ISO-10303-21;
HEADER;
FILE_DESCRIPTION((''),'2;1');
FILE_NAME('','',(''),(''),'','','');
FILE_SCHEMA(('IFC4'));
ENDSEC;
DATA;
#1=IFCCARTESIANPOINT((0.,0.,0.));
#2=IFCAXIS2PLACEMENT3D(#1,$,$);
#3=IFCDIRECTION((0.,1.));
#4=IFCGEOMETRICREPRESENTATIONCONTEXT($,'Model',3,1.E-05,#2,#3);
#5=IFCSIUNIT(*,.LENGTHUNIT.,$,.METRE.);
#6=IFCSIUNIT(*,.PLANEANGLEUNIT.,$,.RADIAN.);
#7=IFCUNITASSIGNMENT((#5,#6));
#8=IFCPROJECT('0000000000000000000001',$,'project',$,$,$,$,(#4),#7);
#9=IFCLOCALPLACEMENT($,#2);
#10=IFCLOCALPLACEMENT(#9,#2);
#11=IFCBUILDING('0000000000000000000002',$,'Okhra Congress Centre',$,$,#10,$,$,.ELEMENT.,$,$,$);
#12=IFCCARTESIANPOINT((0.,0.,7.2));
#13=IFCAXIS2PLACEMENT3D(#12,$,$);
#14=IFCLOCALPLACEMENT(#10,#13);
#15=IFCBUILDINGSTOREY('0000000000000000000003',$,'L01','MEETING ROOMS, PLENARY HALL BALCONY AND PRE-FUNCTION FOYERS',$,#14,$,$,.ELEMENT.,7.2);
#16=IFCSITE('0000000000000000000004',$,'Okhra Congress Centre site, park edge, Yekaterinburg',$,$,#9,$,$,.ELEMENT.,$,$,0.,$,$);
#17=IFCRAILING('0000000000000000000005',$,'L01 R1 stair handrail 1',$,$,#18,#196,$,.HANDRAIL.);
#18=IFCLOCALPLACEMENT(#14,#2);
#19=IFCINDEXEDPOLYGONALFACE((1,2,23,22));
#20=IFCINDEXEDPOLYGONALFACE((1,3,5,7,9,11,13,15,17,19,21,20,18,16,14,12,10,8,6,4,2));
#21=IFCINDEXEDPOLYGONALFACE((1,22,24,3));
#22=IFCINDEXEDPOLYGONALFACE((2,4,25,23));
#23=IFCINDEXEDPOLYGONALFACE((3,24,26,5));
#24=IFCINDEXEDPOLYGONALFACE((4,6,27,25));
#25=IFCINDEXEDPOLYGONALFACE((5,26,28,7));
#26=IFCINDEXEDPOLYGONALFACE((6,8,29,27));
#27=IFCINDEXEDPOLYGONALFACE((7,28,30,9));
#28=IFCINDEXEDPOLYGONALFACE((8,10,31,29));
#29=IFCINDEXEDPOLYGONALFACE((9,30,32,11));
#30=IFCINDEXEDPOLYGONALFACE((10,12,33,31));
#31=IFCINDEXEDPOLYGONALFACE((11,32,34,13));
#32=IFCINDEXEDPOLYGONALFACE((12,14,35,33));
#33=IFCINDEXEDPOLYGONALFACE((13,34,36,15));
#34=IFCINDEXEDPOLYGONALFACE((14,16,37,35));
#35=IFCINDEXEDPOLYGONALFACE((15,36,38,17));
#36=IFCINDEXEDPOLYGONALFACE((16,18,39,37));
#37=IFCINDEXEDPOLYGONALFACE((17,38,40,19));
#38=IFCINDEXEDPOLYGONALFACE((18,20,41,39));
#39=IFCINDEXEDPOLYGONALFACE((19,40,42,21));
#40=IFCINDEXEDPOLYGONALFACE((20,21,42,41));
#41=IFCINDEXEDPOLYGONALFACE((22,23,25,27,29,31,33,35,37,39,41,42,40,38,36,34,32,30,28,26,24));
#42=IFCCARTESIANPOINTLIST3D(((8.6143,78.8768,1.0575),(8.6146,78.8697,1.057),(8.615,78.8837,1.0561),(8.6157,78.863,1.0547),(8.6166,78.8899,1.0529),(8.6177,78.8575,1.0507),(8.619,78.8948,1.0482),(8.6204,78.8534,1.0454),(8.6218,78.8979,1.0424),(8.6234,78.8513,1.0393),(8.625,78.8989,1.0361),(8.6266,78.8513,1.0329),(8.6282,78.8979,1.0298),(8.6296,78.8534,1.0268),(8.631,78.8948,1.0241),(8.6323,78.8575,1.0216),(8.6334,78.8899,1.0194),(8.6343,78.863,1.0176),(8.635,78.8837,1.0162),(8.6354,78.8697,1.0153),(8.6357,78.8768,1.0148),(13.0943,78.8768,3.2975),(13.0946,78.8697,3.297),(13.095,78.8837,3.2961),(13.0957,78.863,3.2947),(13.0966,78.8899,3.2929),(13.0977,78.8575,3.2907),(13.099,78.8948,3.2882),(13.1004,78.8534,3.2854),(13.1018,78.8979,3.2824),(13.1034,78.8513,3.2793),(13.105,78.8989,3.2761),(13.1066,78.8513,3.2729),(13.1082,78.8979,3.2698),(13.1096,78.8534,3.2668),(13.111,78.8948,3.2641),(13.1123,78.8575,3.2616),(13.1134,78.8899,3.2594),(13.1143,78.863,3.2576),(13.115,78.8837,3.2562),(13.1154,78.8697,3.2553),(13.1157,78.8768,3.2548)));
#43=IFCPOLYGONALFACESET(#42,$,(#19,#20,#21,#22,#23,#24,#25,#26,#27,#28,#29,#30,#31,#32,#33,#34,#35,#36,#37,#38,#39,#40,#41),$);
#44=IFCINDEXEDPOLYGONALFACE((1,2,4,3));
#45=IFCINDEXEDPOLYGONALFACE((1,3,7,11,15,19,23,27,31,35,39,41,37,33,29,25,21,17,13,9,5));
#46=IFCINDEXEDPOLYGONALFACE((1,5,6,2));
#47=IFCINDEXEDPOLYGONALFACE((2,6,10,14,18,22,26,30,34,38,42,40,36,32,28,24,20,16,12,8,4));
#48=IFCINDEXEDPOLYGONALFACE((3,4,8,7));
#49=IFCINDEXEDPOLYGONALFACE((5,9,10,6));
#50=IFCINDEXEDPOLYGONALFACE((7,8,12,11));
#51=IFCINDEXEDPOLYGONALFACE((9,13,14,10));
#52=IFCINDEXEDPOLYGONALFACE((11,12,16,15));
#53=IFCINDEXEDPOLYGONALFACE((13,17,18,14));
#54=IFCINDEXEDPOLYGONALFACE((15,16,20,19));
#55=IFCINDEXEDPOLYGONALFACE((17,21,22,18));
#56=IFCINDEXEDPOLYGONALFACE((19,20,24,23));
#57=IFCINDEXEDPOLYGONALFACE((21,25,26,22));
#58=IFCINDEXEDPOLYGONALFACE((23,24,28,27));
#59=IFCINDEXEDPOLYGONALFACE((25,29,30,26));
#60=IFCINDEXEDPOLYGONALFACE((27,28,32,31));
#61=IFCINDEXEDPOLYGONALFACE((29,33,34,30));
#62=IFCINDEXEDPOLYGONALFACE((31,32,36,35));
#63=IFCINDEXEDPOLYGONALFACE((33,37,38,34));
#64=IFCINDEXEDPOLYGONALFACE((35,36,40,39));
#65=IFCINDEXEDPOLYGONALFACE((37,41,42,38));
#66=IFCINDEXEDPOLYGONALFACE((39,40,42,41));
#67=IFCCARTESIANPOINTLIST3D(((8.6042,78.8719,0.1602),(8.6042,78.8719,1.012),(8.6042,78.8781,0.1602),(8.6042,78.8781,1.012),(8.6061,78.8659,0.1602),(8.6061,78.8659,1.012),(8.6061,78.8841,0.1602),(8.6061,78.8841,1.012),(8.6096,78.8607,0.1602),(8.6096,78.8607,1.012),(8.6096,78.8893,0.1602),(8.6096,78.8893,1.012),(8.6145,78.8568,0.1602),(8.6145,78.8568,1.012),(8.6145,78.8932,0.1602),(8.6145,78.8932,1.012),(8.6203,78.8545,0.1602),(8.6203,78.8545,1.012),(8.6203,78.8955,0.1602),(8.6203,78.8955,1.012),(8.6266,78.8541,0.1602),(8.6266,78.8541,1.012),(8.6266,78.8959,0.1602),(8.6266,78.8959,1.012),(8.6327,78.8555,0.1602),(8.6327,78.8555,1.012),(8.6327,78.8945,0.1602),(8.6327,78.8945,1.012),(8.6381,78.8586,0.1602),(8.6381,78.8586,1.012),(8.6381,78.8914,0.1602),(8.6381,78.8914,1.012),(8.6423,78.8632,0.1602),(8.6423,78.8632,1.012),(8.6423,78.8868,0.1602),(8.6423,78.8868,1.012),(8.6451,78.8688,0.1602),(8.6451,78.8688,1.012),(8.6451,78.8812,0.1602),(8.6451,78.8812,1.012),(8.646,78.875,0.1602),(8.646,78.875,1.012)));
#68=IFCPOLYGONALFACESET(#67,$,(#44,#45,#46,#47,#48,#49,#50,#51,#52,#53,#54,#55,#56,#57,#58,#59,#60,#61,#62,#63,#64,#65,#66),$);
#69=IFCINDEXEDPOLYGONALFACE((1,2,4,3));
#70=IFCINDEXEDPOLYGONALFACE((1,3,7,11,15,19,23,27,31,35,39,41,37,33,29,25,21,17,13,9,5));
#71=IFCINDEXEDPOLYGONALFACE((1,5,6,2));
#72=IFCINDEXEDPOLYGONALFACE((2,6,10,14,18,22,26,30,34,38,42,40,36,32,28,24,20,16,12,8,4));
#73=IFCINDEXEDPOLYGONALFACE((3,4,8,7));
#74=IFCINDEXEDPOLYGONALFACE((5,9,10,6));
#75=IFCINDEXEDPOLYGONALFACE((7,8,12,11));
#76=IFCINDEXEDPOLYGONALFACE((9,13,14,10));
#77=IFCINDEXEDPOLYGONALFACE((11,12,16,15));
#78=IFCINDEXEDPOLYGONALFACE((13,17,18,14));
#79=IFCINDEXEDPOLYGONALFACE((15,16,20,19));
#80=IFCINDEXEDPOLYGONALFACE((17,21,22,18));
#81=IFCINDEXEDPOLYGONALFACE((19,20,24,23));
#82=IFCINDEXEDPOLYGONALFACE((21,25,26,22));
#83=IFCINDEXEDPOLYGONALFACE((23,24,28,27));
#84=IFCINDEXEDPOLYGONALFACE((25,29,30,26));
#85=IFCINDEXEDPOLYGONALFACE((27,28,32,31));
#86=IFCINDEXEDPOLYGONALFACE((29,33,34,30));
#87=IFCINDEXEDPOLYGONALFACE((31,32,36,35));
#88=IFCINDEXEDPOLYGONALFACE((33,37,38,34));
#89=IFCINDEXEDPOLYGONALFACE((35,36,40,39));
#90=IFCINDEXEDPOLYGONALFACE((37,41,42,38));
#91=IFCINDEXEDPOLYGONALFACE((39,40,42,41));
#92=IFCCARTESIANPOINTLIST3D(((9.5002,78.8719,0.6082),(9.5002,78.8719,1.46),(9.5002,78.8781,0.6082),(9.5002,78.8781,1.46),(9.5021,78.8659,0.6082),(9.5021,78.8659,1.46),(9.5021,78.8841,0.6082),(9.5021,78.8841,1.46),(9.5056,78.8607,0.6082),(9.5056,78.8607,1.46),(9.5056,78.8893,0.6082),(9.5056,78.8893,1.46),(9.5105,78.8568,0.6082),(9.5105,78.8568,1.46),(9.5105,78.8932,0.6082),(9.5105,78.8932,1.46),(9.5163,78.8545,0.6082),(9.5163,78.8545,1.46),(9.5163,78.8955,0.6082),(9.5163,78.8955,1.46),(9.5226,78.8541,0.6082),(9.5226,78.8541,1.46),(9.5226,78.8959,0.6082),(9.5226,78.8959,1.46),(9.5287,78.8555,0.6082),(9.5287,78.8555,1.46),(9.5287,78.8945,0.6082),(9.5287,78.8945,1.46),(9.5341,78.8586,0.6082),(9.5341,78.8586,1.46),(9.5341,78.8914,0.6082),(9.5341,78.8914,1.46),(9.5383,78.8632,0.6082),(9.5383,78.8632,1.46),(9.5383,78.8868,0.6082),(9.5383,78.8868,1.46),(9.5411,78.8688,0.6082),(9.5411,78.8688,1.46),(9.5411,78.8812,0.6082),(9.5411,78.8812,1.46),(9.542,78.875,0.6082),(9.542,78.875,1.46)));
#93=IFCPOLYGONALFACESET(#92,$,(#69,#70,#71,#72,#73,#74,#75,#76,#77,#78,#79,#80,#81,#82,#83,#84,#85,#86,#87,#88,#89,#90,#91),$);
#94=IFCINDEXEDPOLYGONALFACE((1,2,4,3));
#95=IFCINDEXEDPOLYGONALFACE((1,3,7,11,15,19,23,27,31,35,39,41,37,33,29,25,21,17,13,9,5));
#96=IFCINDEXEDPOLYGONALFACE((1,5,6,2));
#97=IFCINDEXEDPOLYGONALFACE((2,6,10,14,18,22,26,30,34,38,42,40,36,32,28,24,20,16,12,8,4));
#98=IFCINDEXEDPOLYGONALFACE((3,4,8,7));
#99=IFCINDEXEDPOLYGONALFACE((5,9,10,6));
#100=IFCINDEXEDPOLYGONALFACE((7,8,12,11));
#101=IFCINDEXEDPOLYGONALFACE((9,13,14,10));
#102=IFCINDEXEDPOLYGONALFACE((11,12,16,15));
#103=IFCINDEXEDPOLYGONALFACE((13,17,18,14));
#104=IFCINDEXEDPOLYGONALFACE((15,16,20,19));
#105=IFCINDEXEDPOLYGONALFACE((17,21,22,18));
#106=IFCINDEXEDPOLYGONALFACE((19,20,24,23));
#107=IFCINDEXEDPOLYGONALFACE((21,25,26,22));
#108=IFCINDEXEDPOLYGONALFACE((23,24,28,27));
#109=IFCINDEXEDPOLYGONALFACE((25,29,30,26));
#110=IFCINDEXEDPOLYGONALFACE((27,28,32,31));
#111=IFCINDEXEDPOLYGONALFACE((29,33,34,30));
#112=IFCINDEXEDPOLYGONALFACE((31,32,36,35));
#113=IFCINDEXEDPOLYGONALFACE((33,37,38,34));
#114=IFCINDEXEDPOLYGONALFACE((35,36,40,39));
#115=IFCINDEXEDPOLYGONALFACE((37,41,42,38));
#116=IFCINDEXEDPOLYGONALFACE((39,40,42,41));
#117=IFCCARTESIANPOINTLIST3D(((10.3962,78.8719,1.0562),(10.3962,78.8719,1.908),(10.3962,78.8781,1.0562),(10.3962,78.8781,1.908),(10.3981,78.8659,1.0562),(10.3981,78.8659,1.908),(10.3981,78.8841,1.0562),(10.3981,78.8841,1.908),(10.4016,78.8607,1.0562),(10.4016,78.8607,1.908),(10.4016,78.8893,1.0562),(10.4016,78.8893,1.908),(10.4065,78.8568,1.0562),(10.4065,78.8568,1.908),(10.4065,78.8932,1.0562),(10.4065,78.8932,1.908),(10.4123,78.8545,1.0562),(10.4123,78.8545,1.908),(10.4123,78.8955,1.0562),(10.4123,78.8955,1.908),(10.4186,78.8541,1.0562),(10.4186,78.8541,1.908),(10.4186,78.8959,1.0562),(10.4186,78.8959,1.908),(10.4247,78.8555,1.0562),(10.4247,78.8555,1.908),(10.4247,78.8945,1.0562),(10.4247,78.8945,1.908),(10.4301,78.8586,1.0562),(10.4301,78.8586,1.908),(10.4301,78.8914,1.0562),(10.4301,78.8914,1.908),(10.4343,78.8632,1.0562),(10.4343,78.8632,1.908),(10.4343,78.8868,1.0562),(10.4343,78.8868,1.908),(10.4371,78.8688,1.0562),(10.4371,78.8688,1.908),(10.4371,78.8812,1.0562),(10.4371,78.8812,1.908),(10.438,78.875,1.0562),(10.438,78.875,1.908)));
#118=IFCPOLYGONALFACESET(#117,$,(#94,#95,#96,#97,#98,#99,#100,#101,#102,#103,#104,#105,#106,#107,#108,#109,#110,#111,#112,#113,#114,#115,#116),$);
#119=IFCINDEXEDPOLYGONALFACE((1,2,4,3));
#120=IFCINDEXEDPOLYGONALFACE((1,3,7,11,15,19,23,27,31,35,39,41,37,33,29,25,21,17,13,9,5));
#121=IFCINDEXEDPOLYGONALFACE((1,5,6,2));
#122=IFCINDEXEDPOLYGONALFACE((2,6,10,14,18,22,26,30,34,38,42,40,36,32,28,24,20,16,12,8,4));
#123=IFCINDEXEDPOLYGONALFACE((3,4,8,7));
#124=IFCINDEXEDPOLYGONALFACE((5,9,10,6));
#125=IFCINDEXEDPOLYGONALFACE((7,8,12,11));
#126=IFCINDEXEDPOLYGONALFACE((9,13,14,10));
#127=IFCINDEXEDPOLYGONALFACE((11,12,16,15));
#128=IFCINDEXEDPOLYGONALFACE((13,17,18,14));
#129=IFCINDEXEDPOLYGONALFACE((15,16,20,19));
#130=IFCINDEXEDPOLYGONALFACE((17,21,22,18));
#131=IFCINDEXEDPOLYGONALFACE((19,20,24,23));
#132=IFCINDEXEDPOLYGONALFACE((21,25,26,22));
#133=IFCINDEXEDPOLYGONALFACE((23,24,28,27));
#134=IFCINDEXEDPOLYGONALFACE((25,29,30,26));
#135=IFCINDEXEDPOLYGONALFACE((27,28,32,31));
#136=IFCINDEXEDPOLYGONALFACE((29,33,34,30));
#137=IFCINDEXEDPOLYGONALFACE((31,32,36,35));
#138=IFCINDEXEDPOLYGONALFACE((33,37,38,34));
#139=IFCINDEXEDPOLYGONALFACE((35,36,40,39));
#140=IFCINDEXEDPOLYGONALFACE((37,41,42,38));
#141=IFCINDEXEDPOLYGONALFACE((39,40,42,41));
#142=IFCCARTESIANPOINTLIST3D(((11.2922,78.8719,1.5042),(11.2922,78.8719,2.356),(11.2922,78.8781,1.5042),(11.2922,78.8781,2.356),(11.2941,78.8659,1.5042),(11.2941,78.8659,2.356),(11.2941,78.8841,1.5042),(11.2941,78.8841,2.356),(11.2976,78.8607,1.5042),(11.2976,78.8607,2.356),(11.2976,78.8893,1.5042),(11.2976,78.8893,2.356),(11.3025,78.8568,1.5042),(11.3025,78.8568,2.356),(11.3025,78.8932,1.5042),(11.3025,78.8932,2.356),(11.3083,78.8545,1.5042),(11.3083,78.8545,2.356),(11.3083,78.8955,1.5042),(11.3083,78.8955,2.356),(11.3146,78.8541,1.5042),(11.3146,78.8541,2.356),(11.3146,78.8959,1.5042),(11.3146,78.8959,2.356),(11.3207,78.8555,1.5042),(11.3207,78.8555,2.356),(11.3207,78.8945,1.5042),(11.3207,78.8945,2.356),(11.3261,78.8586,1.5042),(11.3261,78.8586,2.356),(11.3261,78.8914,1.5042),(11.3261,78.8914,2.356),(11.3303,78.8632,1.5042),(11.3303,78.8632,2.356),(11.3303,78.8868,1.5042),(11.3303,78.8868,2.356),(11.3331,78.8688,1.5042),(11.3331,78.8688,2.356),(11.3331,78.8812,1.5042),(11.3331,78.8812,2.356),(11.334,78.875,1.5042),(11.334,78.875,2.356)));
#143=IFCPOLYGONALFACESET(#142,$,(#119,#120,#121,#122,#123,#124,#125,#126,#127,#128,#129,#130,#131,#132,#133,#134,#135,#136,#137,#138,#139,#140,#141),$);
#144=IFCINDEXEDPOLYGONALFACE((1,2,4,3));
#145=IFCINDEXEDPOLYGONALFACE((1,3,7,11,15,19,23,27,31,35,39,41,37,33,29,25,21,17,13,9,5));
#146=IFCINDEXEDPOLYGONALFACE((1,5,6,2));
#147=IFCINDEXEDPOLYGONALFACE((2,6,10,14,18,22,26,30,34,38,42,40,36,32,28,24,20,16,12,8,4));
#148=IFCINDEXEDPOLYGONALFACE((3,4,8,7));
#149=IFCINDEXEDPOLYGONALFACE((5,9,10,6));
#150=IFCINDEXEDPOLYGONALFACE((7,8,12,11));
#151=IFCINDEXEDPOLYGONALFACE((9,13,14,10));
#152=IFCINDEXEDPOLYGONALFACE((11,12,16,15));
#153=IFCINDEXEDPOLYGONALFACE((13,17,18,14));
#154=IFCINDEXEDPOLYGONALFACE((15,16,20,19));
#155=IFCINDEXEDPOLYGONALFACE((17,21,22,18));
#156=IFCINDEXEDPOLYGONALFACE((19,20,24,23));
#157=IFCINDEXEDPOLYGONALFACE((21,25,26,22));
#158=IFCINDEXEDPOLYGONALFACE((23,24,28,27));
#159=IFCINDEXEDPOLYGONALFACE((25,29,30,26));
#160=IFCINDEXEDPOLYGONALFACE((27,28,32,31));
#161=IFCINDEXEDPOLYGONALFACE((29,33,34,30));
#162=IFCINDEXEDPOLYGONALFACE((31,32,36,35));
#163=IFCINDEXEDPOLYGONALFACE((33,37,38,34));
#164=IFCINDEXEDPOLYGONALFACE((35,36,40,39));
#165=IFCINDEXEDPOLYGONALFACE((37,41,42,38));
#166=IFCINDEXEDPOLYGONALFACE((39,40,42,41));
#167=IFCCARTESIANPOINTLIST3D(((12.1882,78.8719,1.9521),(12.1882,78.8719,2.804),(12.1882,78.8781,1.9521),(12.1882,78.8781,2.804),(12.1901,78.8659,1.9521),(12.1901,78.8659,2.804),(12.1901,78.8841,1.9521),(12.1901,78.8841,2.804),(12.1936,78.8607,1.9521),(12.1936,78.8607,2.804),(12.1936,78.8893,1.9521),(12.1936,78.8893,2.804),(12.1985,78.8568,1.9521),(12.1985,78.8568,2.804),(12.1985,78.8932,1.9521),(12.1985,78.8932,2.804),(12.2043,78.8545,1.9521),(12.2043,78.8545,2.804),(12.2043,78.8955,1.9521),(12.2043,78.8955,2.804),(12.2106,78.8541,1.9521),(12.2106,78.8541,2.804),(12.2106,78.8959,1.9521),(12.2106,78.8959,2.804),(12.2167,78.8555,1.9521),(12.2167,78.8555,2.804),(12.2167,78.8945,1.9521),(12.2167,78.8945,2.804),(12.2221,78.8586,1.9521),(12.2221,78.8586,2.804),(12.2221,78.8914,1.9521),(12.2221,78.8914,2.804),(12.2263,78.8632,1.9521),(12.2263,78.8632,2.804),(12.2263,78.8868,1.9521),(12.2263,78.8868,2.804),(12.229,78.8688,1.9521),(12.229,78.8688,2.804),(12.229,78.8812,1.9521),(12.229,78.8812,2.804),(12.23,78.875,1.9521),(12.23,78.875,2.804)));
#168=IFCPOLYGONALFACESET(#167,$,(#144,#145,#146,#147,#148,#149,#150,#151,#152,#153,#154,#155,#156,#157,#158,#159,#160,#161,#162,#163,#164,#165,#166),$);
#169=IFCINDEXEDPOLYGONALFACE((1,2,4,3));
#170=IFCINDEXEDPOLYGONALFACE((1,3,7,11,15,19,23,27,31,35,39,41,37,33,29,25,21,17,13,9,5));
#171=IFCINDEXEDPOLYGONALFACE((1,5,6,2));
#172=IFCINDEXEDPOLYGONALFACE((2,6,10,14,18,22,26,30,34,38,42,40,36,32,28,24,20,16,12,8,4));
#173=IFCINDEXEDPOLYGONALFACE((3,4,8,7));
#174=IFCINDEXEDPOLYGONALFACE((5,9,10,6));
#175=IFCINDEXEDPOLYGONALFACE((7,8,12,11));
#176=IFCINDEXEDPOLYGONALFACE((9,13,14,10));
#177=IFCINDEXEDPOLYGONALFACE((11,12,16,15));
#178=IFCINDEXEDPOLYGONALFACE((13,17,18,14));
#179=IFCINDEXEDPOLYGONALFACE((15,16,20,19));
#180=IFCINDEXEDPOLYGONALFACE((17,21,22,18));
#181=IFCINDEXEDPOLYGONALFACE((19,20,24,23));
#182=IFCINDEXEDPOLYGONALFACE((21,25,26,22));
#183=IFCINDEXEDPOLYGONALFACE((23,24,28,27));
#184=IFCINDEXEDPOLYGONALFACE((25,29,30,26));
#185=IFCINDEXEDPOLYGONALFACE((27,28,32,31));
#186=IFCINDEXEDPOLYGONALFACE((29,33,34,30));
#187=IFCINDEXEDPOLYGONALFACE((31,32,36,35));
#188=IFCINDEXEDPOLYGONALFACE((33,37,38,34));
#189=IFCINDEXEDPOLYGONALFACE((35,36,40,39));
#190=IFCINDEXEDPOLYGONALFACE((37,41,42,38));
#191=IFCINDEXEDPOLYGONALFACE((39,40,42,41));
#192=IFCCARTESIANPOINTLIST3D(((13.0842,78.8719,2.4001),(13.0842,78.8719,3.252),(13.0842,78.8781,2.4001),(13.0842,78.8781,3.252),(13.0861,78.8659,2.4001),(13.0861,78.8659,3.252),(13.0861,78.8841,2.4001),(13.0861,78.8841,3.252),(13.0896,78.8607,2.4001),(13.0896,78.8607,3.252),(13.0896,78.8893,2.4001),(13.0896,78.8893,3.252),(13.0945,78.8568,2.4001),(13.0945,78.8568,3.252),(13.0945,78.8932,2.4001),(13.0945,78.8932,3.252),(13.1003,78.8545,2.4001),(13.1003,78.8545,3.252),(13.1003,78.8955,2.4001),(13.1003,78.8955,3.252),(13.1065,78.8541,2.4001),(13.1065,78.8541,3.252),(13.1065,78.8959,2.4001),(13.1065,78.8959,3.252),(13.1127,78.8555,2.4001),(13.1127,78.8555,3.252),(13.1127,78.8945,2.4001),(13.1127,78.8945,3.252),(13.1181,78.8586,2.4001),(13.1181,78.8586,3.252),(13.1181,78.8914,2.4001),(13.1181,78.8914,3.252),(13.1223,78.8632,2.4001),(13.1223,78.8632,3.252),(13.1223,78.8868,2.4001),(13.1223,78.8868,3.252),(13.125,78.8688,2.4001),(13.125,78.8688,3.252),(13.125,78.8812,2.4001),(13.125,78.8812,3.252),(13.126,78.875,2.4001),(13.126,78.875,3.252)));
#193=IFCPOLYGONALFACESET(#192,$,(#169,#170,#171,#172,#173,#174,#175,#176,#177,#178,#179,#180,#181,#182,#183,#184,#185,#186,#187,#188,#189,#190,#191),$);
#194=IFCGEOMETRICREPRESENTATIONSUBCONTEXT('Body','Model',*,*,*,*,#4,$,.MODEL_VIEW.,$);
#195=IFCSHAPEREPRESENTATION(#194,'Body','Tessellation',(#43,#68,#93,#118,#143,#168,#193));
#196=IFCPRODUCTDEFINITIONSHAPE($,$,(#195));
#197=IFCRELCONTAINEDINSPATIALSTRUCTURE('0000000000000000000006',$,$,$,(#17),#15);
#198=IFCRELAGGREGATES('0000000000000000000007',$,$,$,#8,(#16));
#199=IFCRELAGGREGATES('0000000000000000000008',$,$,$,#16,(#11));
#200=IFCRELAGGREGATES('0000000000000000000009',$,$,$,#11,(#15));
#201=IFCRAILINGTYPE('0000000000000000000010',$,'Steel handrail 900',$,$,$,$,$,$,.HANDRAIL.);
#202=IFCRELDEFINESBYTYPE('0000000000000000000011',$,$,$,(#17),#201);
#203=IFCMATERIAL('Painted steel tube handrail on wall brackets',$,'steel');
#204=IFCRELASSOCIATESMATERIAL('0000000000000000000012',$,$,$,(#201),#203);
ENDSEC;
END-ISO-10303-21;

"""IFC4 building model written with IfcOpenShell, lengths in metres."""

from ifc_helpers import new_model, si_unit, direction, frame, origin, origin_2d, place, context, subcontext, project, spatial, circle, extrude, material, type_object, element, save


model = new_model("IFC4")

# Units and contexts
model_context = context("Model", 3, precision=1e-05, world=origin(), true_north=direction((0.0, 1.0)))
body_context = subcontext(model_context, "Body", "Model", "MODEL_VIEW")
ifc_project = project(units=[si_unit("LENGTHUNIT", "METRE"), si_unit("PLANEANGLEUNIT", "RADIAN")], contexts=[model_context])

# Site, building, storey
site_placement = place(None, origin())
site = spatial("IfcSite", under=ifc_project, at=site_placement, Name="Okhra Congress Centre site, park edge, Yekaterinburg", CompositionType="ELEMENT", RefElevation=0.0)
building_placement = place(site_placement, origin())
building = spatial("IfcBuilding", under=site, at=building_placement, Name="Okhra Congress Centre", CompositionType="ELEMENT")
storey_placement = place(building_placement, frame((0.0, 0.0, 7.2)))
storey = spatial("IfcBuildingStorey", under=building, at=storey_placement, Name="L01", Description="MEETING ROOMS, PLENARY HALL BALCONY AND PRE-FUNCTION FOYERS", CompositionType="ELEMENT", Elevation=7.2)

# Railing
ifc_material_1 = material(Name="Painted steel tube handrail on wall brackets", Category="steel")
railing_type = type_object("IfcRailingType", Name="Steel handrail 900", PredefinedType="HANDRAIL", material=ifc_material_1)
railing_placement = place(storey_placement, frame((8.625, 78.875, 0.1602)))
element("IfcRailing", 1, at=railing_placement, inside=storey, type_object=railing_type, Name="L01 R1 stair handrail 1", PredefinedType="HANDRAIL", context=body_context, shape_type="SweptSolid", body=[
    extrude(circle(Radius=0.0239, at=origin_2d()), frame((0.0, 0.0, 0.876), z_axis=(0.894427, 0.0, 0.447214), x_axis=(0.0, 1.0, 0.0)), (0.0, 0.0, 1.0), 5.0088),
    extrude(circle(Radius=0.021, at=origin_2d()), origin(), (0.0, 0.0, 1.0), 0.8518),
    extrude(circle(Radius=0.021, at=origin_2d()), frame((0.896, 0.0, 0.448)), (0.0, 0.0, 1.0), 0.8518),
    extrude(circle(Radius=0.021, at=origin_2d()), frame((1.792, 0.0, 0.896)), (0.0, 0.0, 1.0), 0.8518),
    extrude(circle(Radius=0.021, at=origin_2d()), frame((2.688, 0.0, 1.344)), (0.0, 0.0, 1.0), 0.8518),
    extrude(circle(Radius=0.021, at=origin_2d()), frame((3.584, 0.0, 1.792)), (0.0, 0.0, 1.0), 0.8518),
    extrude(circle(Radius=0.021, at=origin_2d()), frame((4.48, 0.0, 2.24)), (0.0, 0.0, 1.0), 0.8518),
])

save(model, "model.ifc")
